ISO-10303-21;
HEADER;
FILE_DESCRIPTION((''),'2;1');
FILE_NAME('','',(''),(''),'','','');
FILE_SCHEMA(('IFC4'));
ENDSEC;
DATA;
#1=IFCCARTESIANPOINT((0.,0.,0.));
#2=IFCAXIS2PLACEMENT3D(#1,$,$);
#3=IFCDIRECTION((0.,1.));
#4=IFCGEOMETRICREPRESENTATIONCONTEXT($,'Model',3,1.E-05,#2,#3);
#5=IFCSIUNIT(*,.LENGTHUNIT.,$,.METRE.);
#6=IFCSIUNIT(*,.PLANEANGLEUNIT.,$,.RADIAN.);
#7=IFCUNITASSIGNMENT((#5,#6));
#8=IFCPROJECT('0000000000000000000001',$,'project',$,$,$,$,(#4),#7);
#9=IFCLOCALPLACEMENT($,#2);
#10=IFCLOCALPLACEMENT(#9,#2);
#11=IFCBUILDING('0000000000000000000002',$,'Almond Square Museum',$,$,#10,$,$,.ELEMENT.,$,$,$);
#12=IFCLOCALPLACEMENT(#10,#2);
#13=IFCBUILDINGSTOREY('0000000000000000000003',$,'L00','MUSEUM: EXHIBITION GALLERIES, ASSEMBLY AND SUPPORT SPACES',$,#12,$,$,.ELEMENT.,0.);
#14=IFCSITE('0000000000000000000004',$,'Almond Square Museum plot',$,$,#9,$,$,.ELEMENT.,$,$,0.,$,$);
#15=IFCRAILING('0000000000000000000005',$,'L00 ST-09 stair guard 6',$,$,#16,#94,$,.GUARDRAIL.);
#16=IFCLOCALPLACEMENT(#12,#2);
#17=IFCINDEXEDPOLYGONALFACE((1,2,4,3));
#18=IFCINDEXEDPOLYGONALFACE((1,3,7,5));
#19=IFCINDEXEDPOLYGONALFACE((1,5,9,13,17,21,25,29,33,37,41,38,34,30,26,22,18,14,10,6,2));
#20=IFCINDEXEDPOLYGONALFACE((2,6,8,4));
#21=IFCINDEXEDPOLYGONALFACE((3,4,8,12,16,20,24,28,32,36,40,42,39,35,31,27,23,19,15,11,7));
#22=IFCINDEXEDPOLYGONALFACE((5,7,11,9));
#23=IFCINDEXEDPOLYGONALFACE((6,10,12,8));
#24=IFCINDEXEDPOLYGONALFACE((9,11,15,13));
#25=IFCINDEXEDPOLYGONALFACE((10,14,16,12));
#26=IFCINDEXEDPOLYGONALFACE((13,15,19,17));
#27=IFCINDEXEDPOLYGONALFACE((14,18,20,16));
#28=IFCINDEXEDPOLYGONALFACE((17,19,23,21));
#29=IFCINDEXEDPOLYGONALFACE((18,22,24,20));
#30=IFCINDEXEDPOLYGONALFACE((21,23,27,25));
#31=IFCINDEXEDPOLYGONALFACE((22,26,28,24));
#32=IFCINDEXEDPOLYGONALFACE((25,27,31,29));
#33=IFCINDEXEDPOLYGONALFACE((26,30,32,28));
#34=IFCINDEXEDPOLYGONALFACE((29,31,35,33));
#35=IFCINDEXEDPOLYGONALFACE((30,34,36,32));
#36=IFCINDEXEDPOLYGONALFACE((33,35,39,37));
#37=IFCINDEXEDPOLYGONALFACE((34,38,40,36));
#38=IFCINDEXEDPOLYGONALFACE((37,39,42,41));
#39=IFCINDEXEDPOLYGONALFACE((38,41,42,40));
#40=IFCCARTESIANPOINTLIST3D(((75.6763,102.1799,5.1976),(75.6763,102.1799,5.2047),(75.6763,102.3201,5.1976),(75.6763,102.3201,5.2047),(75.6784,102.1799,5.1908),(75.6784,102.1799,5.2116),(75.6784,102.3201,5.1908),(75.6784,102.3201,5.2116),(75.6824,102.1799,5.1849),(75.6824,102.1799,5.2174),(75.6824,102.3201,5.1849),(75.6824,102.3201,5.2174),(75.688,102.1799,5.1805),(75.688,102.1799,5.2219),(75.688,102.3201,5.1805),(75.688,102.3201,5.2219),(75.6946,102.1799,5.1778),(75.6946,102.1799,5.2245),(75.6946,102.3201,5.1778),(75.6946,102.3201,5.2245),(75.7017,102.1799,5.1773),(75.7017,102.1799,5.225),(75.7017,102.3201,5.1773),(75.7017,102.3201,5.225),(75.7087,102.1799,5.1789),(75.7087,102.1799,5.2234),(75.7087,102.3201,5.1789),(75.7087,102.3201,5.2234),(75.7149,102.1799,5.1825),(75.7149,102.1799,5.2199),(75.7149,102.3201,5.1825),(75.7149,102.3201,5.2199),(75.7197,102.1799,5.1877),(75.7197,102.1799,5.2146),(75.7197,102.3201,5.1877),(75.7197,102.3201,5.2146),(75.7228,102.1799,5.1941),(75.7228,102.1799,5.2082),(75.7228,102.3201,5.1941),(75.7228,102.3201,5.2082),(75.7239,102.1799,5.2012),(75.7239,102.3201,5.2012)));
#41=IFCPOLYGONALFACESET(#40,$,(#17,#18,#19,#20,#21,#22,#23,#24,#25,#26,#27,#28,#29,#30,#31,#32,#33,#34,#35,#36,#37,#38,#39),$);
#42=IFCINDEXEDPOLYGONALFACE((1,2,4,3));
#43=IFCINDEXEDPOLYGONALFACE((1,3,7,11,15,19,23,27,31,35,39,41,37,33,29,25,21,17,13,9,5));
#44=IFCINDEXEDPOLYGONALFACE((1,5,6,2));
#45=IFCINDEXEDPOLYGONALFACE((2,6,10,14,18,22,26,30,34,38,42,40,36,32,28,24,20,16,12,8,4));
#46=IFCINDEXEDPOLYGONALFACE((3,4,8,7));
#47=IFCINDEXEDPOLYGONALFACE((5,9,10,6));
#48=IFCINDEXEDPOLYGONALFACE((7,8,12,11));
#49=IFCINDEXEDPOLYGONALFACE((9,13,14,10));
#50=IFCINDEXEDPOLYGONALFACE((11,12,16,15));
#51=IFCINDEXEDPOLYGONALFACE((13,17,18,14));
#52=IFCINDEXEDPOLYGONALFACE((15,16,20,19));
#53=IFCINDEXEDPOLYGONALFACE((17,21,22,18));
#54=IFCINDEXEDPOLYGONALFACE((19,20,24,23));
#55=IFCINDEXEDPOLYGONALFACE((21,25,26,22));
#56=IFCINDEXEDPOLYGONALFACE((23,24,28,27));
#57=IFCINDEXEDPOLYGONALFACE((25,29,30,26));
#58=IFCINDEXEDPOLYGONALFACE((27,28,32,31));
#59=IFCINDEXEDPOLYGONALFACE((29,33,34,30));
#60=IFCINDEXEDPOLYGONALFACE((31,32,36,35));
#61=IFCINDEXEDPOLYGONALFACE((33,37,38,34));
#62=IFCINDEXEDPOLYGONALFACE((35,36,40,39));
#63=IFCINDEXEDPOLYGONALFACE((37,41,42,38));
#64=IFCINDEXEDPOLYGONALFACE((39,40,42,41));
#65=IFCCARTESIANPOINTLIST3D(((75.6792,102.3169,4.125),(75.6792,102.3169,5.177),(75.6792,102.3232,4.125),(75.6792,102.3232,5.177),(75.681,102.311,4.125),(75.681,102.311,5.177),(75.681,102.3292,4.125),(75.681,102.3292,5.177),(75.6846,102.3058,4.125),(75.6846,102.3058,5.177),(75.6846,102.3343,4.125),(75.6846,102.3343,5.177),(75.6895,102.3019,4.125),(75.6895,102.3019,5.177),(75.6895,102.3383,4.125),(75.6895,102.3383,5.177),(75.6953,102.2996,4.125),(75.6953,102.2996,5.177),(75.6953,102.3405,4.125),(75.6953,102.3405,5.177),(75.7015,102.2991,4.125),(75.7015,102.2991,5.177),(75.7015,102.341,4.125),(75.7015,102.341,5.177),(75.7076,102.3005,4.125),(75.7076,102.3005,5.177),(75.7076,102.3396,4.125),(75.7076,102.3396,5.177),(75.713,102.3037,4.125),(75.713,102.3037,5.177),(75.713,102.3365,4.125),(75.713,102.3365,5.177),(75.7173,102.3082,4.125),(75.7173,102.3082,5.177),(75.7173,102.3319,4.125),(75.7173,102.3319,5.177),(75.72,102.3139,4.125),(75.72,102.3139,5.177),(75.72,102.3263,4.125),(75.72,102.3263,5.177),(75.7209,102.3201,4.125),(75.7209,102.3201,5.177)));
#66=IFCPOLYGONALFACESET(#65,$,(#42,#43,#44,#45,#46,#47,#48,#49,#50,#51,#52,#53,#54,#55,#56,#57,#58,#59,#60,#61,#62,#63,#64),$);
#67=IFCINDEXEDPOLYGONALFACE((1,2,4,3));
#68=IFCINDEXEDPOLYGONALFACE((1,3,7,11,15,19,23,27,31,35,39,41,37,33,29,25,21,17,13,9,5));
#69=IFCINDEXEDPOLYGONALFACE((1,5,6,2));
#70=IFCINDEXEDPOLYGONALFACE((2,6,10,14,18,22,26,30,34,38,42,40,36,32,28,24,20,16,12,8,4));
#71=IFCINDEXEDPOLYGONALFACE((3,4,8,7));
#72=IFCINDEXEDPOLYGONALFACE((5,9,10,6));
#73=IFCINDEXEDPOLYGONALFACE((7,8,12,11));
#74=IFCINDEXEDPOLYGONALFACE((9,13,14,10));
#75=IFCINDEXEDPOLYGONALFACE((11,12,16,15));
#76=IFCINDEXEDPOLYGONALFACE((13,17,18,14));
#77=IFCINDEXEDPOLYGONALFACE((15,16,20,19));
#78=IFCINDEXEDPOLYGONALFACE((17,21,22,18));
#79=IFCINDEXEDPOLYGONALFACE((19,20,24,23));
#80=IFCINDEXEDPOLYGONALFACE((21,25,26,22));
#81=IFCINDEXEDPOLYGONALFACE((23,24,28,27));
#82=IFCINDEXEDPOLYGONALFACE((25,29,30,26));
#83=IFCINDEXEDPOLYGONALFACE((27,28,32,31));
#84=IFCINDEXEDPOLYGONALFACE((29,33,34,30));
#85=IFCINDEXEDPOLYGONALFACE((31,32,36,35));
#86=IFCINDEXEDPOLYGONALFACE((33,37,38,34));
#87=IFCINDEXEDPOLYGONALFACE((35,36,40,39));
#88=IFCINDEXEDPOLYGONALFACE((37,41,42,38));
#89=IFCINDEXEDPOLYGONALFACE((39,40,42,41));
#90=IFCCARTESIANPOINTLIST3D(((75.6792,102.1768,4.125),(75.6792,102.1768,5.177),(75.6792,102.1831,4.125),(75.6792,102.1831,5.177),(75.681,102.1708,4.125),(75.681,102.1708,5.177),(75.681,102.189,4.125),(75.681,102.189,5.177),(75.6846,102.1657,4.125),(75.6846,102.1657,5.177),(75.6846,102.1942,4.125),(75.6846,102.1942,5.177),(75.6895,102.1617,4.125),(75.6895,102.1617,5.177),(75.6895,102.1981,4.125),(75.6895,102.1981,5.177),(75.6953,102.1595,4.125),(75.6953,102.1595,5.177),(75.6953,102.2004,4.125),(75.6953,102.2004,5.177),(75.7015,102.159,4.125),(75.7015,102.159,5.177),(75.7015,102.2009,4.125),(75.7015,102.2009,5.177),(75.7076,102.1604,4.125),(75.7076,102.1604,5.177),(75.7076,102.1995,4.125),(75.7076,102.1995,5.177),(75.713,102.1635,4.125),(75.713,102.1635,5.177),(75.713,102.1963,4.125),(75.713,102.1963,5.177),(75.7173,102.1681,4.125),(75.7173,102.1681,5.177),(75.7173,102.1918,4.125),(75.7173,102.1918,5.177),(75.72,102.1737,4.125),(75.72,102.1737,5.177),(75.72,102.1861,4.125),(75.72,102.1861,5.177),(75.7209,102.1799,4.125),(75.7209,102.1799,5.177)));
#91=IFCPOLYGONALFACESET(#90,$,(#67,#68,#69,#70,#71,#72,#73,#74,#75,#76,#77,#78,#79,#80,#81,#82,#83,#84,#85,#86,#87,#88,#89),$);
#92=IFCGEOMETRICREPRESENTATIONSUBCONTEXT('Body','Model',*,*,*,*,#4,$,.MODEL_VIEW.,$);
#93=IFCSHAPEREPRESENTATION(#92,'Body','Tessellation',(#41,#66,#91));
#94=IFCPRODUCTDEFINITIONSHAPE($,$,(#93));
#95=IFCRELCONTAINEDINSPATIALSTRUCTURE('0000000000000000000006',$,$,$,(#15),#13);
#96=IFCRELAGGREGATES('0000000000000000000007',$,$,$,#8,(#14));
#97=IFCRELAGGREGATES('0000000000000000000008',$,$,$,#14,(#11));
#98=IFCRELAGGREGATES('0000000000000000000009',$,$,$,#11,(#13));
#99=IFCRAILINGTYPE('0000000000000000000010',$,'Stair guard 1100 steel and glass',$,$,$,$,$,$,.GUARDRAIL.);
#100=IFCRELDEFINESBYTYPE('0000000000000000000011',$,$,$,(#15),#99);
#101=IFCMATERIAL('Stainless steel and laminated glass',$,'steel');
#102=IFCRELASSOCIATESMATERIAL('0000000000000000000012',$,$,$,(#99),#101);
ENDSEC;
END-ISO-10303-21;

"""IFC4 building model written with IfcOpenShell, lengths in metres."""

from ifc_helpers import new_model, si_unit, direction, frame, origin, origin_2d, place, context, subcontext, project, spatial, circle, extrude, material, type_object, element, save


model = new_model("IFC4")

# Units and contexts
model_context = context("Model", 3, precision=1e-05, world=origin(), true_north=direction((0.0, 1.0)))
body_context = subcontext(model_context, "Body", "Model", "MODEL_VIEW")
ifc_project = project(units=[si_unit("LENGTHUNIT", "METRE"), si_unit("PLANEANGLEUNIT", "RADIAN")], contexts=[model_context])

# Site, building, storey
site_placement = place(None, origin())
site = spatial("IfcSite", under=ifc_project, at=site_placement, Name="Almond Square Museum plot", CompositionType="ELEMENT", RefElevation=0.0)
building_placement = place(site_placement, origin())
building = spatial("IfcBuilding", under=site, at=building_placement, Name="Almond Square Museum", CompositionType="ELEMENT")
storey_placement = place(building_placement, origin())
storey = spatial("IfcBuildingStorey", under=building, at=storey_placement, Name="L00", Description="MUSEUM: EXHIBITION GALLERIES, ASSEMBLY AND SUPPORT SPACES", CompositionType="ELEMENT", Elevation=0.0)

# Railing
ifc_material_1 = material(Name="Stainless steel and laminated glass", Category="steel")
railing_type_1 = type_object("IfcRailingType", Name="Stair guard 1100 steel and glass", PredefinedType="GUARDRAIL", material=ifc_material_1)
railing_1_placement = place(storey_placement, frame((75.7, 102.3201, 4.125)))
element("IfcRailing", 1, at=railing_1_placement, inside=storey, type_object=railing_type_1, Name="L00 ST-09 stair guard 6", PredefinedType="GUARDRAIL", context=body_context, shape_type="SweptSolid", body=[
    extrude(circle(Radius=0.0239, at=origin_2d()), frame((0.0, 0.0, 1.0762), z_axis=(0.0, -1.0, 0.0), x_axis=(1.0, 0.0, 0.0)), (0.0, 0.0, 1.0), 0.1401),
    extrude(circle(Radius=0.021, at=origin_2d()), origin(), (0.0, 0.0, 1.0), 1.052),
    extrude(circle(Radius=0.021, at=origin_2d()), frame((0.0, -0.1401, 0.0)), (0.0, 0.0, 1.0), 1.052),
])

save(model, "model.ifc")
